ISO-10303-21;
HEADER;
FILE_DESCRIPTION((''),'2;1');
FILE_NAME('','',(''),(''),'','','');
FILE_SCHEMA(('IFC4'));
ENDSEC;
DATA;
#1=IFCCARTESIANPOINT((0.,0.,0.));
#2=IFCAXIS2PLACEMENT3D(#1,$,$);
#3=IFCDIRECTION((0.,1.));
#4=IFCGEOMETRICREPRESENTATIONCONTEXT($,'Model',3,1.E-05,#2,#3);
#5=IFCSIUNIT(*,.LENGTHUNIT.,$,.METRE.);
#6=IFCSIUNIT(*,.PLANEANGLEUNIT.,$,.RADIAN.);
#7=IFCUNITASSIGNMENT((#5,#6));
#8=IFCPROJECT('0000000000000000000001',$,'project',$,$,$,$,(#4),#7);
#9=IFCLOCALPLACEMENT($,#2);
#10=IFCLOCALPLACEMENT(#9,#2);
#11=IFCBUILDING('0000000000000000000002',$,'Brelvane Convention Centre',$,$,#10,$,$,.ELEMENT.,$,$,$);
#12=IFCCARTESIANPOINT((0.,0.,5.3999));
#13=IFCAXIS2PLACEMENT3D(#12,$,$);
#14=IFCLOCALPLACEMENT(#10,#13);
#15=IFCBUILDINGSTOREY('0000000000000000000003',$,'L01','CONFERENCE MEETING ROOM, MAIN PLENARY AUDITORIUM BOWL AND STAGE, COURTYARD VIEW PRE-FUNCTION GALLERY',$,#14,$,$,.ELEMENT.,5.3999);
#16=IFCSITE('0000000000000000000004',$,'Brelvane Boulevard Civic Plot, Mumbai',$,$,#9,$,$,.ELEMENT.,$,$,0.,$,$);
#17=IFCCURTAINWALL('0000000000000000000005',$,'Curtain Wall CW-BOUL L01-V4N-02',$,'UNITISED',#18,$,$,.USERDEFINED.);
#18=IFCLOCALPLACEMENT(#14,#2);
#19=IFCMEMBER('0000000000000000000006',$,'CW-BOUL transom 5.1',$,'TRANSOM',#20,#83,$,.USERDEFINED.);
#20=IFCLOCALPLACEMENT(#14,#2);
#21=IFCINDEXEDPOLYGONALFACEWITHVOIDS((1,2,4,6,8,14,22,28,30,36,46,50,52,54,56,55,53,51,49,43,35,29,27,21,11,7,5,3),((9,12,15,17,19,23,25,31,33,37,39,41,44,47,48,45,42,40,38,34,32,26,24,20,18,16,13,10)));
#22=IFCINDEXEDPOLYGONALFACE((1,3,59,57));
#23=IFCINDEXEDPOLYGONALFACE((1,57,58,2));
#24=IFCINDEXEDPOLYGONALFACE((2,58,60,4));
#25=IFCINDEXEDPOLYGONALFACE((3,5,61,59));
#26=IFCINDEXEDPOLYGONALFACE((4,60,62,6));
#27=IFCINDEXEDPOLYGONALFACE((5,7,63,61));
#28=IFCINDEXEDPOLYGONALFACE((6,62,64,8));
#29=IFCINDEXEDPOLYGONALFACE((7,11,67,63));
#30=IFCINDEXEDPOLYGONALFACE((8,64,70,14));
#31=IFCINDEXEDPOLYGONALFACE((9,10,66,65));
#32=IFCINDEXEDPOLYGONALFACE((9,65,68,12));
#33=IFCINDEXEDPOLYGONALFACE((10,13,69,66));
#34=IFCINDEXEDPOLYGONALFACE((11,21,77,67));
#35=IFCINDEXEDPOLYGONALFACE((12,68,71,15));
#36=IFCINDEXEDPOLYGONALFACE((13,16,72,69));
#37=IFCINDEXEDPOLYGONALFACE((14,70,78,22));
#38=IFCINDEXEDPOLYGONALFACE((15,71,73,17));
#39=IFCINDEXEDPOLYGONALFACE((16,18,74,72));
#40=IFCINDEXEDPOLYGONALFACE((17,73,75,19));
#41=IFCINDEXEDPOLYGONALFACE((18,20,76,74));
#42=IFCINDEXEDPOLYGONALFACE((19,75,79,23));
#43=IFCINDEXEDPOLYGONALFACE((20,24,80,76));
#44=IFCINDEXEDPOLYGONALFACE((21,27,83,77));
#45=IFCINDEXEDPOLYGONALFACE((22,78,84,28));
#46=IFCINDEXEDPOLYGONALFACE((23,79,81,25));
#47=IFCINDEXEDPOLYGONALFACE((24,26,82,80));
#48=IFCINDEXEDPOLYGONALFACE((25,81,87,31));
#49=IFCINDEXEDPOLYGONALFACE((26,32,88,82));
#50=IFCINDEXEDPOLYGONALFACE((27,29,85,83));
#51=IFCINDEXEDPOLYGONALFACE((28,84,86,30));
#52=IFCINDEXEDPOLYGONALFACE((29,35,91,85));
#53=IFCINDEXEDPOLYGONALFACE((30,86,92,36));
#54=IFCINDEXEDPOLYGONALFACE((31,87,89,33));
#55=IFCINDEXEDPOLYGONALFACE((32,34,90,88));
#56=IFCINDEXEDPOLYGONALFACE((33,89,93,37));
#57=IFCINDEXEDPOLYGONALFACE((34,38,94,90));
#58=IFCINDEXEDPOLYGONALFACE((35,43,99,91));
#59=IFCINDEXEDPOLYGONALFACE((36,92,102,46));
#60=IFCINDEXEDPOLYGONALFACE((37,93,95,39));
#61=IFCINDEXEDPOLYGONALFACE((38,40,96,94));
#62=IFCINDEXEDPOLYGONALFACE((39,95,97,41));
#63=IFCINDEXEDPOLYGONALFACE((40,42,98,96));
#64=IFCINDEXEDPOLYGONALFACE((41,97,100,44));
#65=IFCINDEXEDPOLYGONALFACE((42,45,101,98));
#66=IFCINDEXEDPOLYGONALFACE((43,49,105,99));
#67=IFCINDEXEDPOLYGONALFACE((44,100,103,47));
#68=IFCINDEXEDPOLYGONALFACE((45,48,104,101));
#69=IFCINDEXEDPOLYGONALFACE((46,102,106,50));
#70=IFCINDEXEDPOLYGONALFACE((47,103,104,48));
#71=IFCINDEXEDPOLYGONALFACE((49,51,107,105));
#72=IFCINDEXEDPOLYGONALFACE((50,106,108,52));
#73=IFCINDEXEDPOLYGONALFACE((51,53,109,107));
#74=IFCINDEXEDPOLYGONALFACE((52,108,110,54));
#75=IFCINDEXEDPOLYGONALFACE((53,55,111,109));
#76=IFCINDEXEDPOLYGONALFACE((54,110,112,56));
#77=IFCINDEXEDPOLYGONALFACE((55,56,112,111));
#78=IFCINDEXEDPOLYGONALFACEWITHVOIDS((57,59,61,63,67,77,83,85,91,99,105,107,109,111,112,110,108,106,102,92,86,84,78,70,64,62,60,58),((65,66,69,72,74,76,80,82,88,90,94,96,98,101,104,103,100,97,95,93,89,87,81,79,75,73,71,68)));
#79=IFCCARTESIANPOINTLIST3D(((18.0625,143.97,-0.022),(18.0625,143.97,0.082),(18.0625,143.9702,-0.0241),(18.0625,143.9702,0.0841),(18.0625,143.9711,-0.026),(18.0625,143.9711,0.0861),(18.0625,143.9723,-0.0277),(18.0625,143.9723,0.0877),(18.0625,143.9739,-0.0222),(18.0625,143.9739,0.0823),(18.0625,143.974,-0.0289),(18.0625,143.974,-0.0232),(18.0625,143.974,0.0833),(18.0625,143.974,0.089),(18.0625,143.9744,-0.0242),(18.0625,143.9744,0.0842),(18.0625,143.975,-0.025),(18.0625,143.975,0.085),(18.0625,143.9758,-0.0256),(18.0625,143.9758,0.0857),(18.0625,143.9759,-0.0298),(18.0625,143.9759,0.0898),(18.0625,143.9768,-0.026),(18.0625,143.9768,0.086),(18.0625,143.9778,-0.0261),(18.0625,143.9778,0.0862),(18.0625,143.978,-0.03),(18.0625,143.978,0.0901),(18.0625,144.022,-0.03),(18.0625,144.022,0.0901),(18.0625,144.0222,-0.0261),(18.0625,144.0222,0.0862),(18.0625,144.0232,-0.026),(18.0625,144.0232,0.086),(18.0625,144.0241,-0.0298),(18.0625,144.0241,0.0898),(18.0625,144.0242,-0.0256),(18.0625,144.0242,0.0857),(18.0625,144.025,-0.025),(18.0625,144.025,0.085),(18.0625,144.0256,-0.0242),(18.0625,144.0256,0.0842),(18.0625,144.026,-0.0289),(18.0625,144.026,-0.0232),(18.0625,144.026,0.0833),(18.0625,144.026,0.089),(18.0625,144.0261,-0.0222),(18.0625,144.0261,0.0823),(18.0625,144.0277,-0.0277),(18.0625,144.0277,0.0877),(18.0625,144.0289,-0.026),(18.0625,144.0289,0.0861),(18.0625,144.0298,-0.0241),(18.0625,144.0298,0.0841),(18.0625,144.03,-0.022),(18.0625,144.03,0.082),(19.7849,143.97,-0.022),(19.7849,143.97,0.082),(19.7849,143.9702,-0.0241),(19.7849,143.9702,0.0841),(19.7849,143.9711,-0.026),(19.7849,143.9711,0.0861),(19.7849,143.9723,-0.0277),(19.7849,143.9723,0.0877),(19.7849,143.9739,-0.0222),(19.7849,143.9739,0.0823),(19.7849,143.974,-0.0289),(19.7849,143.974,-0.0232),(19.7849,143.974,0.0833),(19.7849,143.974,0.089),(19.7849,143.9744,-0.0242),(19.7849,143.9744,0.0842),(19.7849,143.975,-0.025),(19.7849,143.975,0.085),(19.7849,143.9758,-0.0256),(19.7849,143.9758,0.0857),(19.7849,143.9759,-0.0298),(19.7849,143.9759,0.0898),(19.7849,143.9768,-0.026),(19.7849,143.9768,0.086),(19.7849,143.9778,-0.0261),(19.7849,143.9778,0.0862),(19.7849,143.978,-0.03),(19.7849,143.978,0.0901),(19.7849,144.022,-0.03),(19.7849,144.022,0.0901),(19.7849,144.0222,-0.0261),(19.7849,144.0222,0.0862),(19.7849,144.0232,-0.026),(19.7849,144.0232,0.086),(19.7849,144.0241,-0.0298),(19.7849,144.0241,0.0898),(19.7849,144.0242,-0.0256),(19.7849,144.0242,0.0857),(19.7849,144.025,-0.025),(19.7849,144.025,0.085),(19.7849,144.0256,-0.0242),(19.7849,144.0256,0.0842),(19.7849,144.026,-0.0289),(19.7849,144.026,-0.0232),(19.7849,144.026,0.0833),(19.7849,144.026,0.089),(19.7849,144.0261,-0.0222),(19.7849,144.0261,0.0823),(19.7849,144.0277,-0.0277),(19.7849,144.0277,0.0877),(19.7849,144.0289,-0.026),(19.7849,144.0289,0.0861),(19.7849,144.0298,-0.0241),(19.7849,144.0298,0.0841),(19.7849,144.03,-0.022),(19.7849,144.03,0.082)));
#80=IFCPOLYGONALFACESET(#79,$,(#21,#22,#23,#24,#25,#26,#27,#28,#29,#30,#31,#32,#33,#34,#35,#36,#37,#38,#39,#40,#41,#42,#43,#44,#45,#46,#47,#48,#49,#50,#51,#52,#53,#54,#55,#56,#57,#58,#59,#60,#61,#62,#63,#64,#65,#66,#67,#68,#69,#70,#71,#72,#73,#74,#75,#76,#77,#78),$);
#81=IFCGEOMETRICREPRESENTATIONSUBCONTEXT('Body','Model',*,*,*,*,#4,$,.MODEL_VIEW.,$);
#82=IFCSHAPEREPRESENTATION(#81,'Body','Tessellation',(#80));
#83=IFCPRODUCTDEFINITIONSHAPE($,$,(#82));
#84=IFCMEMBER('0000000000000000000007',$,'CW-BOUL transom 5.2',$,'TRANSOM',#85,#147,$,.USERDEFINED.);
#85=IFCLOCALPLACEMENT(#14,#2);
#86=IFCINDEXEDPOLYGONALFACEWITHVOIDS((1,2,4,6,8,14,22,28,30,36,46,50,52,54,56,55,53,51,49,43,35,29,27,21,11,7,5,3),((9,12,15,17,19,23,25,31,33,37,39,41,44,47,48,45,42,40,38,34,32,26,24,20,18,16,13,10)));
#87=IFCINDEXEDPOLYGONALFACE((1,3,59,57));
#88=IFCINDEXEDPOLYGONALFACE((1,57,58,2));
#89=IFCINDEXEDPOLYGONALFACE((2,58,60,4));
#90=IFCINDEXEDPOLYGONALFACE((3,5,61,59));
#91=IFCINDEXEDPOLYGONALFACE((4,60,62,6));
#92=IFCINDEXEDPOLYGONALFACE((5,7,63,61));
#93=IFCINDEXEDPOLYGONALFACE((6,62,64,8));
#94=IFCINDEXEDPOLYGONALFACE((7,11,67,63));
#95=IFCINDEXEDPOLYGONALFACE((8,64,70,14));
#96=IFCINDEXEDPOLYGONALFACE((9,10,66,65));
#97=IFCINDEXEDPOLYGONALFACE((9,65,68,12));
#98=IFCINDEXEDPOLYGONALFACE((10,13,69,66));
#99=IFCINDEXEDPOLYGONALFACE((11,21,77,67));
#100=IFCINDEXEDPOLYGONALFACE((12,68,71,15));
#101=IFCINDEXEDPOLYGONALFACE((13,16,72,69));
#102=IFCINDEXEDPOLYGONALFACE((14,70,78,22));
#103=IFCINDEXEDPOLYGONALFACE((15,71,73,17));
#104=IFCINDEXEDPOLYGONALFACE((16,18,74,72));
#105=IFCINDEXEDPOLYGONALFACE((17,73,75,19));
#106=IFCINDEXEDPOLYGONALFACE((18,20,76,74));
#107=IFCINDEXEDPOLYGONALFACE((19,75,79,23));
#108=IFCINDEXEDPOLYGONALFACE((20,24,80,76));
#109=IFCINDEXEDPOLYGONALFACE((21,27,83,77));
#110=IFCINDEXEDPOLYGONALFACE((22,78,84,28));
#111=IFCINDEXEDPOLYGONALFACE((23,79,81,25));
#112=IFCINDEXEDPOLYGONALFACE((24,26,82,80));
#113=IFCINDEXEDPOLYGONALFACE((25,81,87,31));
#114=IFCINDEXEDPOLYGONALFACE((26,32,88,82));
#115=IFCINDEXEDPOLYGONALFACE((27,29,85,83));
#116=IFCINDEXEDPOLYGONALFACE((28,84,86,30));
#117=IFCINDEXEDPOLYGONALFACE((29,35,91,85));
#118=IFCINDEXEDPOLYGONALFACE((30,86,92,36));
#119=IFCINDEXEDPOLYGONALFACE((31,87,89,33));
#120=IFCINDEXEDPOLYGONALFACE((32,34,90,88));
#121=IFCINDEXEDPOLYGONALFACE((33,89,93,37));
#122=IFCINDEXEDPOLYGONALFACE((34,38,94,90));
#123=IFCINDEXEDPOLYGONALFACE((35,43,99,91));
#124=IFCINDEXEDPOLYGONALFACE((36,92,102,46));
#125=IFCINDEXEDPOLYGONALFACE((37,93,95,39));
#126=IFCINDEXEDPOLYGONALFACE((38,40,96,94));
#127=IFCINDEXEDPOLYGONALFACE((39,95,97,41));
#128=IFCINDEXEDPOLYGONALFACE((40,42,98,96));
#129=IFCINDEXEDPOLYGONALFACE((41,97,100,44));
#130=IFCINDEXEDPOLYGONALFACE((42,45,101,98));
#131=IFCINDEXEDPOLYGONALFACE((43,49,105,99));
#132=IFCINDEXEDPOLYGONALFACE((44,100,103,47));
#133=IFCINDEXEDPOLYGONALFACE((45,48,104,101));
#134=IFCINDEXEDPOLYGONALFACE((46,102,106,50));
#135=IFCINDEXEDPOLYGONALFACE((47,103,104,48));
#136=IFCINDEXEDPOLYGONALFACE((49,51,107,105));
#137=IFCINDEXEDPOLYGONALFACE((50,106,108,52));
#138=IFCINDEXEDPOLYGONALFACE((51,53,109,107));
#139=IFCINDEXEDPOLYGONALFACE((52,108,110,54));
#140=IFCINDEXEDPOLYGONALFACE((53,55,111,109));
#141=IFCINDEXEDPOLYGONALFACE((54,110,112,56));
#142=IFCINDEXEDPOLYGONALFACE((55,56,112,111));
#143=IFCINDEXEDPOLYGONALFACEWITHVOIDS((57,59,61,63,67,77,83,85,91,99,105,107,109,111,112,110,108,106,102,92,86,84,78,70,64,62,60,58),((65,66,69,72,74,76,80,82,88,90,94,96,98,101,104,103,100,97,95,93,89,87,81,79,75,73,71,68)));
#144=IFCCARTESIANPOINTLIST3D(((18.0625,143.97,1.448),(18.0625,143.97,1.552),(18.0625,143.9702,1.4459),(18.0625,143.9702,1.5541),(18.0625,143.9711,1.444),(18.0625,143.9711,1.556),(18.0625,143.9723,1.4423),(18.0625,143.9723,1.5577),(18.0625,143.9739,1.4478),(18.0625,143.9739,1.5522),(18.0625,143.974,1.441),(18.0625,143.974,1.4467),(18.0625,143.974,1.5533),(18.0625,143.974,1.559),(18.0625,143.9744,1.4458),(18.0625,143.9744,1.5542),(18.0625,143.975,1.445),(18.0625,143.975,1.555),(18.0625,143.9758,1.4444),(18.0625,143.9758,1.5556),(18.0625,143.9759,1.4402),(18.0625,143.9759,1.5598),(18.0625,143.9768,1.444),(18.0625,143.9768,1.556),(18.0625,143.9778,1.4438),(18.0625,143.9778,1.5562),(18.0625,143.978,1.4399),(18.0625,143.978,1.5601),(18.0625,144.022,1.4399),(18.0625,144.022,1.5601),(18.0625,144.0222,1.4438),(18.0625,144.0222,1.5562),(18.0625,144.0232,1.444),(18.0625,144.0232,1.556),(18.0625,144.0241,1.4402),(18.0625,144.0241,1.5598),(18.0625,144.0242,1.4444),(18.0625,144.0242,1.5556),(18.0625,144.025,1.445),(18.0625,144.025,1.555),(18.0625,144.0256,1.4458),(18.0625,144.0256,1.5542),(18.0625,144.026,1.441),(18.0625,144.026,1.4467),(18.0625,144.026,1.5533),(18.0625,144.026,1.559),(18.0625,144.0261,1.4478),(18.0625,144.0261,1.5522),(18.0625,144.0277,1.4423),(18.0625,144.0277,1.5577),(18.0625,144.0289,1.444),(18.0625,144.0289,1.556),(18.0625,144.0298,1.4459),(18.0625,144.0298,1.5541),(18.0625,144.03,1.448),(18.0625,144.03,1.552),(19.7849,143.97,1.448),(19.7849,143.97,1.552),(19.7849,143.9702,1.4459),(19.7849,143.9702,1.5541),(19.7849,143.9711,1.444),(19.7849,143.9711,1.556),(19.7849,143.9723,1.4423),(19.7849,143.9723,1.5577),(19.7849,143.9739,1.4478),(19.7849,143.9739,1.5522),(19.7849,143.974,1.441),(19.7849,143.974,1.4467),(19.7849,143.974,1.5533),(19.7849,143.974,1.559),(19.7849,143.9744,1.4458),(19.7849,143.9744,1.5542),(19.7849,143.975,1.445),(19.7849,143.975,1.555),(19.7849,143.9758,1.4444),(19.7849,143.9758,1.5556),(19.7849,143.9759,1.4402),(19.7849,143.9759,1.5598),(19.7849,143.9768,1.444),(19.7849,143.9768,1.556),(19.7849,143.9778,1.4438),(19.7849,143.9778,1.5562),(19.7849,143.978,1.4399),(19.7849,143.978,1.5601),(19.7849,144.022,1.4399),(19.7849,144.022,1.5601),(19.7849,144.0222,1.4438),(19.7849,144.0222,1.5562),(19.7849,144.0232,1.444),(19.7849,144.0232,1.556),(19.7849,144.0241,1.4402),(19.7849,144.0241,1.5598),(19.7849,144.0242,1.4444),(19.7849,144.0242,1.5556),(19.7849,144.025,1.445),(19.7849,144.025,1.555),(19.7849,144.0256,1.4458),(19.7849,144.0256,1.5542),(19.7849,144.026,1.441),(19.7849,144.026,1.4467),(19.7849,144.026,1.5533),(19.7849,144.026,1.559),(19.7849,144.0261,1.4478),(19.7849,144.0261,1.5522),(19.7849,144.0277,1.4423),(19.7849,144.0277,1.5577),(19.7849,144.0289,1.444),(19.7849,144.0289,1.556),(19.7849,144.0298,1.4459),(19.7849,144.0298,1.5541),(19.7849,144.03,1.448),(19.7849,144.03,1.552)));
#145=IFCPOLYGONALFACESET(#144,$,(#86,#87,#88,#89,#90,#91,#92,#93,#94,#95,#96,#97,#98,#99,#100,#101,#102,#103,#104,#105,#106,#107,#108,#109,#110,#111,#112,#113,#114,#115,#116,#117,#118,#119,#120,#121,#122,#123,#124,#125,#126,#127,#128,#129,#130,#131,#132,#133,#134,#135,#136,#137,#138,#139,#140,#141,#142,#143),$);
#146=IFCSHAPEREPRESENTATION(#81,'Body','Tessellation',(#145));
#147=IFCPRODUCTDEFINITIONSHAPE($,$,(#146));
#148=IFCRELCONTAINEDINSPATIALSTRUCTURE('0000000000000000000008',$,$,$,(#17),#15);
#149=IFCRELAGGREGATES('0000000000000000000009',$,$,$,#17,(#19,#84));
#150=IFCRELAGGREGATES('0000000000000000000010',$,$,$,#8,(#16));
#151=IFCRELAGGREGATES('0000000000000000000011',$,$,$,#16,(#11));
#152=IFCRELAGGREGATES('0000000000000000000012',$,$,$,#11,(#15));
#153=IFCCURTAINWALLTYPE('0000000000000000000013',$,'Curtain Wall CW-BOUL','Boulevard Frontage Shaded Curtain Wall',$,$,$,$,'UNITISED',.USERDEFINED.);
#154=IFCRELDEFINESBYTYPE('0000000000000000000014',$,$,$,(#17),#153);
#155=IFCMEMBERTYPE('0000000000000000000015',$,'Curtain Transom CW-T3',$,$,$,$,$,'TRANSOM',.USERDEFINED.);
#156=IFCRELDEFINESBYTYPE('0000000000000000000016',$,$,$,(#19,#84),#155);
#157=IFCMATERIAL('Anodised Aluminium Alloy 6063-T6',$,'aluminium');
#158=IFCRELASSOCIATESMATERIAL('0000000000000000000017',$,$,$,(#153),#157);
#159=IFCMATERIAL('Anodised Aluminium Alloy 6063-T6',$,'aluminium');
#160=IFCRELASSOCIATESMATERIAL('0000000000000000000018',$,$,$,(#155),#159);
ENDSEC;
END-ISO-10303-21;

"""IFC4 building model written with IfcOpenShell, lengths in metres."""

from ifc_helpers import new_model, si_unit, direction, frame, origin, origin_2d, place, context, subcontext, project, spatial, hollow_rectangle, extrude, material, material_profile, profile_set, type_object, element, aggregate, save


model = new_model("IFC4")

# Units and contexts
model_context = context("Model", 3, precision=1e-05, world=origin(), true_north=direction((0.0, 1.0)))
body_context = subcontext(model_context, "Body", "Model", "MODEL_VIEW")
ifc_project = project(units=[si_unit("LENGTHUNIT", "METRE"), si_unit("PLANEANGLEUNIT", "RADIAN")], contexts=[model_context])

# Site, building, storey
site_placement = place(None, origin())
site = spatial("IfcSite", under=ifc_project, at=site_placement, Name="Brelvane Boulevard Civic Plot, Mumbai", CompositionType="ELEMENT", RefElevation=0.0)
building_placement = place(site_placement, origin())
building = spatial("IfcBuilding", under=site, at=building_placement, Name="Brelvane Convention Centre", CompositionType="ELEMENT")
storey_placement = place(building_placement, frame((0.0, 0.0, 5.3999)))
storey = spatial("IfcBuildingStorey", under=building, at=storey_placement, Name="L01", Description="CONFERENCE MEETING ROOM, MAIN PLENARY AUDITORIUM BOWL AND STAGE, COURTYARD VIEW PRE-FUNCTION GALLERY", CompositionType="ELEMENT", Elevation=5.3999)

# Curtain wall, members
ifc_material_1 = material(Name="Anodised Aluminium Alloy 6063-T6", Category="aluminium")
curtain_wall_type = type_object("IfcCurtainWallType", Name="Curtain Wall CW-BOUL", Description="Boulevard Frontage Shaded Curtain Wall", ElementType="UNITISED", PredefinedType="USERDEFINED", material=ifc_material_1)
curtain_wall_placement = place(storey_placement, origin())
curtain_wall = element("IfcCurtainWall", 1, at=curtain_wall_placement, inside=storey, type_object=curtain_wall_type, Name="Curtain Wall CW-BOUL L01-V4N-02", ObjectType="UNITISED", PredefinedType="USERDEFINED")
ifc_material_2 = material(Name="Anodised Aluminium Alloy 6063-T6", Category="aluminium")
ifc_material_profile_1 = material_profile(ifc_material_2, hollow_rectangle(XDim=0.0601, YDim=0.1201, WallThickness=0.0039, InnerFilletRadius=0.0039, OuterFilletRadius=0.0081, at=origin_2d()), Name="ALU-T 120x60x4.0")
ifc_profile_set_1 = profile_set([ifc_material_profile_1], Name="Anodised Aluminium Alloy 6063-T6")
member_type_1 = type_object("IfcMemberType", Name="Curtain Transom CW-T3", ElementType="TRANSOM", PredefinedType="USERDEFINED", material=ifc_profile_set_1)
member_1_placement = place(storey_placement, frame((18.0625, 144.0, 0.03), z_axis=(1.0, 0.0, 0.0), x_axis=(0.0, 1.0, 0.0)))
member_1 = element("IfcMember", 2, at=member_1_placement, type_object=member_type_1, Name="CW-BOUL transom 5.1", ObjectType="TRANSOM", PredefinedType="USERDEFINED", context=body_context, shape_type="SweptSolid", body=[
    extrude(hollow_rectangle(XDim=0.0601, YDim=0.1201, WallThickness=0.0039, InnerFilletRadius=0.0039, OuterFilletRadius=0.0081, at=origin_2d()), origin(), (0.0, 0.0, 1.0), 1.7224),
])
member_2_placement = place(storey_placement, frame((18.0625, 144.0, 1.5), z_axis=(1.0, 0.0, 0.0), x_axis=(0.0, 1.0, 0.0)))
member_2 = element("IfcMember", 3, at=member_2_placement, type_object=member_type_1, Name="CW-BOUL transom 5.2", ObjectType="TRANSOM", PredefinedType="USERDEFINED", context=body_context, shape_type="SweptSolid", body=[
    extrude(hollow_rectangle(XDim=0.0601, YDim=0.1201, WallThickness=0.0039, InnerFilletRadius=0.0039, OuterFilletRadius=0.0081, at=origin_2d()), origin(), (0.0, 0.0, 1.0), 1.7224),
])

aggregate(curtain_wall, [member_1, member_2])

save(model, "model.ifc")
